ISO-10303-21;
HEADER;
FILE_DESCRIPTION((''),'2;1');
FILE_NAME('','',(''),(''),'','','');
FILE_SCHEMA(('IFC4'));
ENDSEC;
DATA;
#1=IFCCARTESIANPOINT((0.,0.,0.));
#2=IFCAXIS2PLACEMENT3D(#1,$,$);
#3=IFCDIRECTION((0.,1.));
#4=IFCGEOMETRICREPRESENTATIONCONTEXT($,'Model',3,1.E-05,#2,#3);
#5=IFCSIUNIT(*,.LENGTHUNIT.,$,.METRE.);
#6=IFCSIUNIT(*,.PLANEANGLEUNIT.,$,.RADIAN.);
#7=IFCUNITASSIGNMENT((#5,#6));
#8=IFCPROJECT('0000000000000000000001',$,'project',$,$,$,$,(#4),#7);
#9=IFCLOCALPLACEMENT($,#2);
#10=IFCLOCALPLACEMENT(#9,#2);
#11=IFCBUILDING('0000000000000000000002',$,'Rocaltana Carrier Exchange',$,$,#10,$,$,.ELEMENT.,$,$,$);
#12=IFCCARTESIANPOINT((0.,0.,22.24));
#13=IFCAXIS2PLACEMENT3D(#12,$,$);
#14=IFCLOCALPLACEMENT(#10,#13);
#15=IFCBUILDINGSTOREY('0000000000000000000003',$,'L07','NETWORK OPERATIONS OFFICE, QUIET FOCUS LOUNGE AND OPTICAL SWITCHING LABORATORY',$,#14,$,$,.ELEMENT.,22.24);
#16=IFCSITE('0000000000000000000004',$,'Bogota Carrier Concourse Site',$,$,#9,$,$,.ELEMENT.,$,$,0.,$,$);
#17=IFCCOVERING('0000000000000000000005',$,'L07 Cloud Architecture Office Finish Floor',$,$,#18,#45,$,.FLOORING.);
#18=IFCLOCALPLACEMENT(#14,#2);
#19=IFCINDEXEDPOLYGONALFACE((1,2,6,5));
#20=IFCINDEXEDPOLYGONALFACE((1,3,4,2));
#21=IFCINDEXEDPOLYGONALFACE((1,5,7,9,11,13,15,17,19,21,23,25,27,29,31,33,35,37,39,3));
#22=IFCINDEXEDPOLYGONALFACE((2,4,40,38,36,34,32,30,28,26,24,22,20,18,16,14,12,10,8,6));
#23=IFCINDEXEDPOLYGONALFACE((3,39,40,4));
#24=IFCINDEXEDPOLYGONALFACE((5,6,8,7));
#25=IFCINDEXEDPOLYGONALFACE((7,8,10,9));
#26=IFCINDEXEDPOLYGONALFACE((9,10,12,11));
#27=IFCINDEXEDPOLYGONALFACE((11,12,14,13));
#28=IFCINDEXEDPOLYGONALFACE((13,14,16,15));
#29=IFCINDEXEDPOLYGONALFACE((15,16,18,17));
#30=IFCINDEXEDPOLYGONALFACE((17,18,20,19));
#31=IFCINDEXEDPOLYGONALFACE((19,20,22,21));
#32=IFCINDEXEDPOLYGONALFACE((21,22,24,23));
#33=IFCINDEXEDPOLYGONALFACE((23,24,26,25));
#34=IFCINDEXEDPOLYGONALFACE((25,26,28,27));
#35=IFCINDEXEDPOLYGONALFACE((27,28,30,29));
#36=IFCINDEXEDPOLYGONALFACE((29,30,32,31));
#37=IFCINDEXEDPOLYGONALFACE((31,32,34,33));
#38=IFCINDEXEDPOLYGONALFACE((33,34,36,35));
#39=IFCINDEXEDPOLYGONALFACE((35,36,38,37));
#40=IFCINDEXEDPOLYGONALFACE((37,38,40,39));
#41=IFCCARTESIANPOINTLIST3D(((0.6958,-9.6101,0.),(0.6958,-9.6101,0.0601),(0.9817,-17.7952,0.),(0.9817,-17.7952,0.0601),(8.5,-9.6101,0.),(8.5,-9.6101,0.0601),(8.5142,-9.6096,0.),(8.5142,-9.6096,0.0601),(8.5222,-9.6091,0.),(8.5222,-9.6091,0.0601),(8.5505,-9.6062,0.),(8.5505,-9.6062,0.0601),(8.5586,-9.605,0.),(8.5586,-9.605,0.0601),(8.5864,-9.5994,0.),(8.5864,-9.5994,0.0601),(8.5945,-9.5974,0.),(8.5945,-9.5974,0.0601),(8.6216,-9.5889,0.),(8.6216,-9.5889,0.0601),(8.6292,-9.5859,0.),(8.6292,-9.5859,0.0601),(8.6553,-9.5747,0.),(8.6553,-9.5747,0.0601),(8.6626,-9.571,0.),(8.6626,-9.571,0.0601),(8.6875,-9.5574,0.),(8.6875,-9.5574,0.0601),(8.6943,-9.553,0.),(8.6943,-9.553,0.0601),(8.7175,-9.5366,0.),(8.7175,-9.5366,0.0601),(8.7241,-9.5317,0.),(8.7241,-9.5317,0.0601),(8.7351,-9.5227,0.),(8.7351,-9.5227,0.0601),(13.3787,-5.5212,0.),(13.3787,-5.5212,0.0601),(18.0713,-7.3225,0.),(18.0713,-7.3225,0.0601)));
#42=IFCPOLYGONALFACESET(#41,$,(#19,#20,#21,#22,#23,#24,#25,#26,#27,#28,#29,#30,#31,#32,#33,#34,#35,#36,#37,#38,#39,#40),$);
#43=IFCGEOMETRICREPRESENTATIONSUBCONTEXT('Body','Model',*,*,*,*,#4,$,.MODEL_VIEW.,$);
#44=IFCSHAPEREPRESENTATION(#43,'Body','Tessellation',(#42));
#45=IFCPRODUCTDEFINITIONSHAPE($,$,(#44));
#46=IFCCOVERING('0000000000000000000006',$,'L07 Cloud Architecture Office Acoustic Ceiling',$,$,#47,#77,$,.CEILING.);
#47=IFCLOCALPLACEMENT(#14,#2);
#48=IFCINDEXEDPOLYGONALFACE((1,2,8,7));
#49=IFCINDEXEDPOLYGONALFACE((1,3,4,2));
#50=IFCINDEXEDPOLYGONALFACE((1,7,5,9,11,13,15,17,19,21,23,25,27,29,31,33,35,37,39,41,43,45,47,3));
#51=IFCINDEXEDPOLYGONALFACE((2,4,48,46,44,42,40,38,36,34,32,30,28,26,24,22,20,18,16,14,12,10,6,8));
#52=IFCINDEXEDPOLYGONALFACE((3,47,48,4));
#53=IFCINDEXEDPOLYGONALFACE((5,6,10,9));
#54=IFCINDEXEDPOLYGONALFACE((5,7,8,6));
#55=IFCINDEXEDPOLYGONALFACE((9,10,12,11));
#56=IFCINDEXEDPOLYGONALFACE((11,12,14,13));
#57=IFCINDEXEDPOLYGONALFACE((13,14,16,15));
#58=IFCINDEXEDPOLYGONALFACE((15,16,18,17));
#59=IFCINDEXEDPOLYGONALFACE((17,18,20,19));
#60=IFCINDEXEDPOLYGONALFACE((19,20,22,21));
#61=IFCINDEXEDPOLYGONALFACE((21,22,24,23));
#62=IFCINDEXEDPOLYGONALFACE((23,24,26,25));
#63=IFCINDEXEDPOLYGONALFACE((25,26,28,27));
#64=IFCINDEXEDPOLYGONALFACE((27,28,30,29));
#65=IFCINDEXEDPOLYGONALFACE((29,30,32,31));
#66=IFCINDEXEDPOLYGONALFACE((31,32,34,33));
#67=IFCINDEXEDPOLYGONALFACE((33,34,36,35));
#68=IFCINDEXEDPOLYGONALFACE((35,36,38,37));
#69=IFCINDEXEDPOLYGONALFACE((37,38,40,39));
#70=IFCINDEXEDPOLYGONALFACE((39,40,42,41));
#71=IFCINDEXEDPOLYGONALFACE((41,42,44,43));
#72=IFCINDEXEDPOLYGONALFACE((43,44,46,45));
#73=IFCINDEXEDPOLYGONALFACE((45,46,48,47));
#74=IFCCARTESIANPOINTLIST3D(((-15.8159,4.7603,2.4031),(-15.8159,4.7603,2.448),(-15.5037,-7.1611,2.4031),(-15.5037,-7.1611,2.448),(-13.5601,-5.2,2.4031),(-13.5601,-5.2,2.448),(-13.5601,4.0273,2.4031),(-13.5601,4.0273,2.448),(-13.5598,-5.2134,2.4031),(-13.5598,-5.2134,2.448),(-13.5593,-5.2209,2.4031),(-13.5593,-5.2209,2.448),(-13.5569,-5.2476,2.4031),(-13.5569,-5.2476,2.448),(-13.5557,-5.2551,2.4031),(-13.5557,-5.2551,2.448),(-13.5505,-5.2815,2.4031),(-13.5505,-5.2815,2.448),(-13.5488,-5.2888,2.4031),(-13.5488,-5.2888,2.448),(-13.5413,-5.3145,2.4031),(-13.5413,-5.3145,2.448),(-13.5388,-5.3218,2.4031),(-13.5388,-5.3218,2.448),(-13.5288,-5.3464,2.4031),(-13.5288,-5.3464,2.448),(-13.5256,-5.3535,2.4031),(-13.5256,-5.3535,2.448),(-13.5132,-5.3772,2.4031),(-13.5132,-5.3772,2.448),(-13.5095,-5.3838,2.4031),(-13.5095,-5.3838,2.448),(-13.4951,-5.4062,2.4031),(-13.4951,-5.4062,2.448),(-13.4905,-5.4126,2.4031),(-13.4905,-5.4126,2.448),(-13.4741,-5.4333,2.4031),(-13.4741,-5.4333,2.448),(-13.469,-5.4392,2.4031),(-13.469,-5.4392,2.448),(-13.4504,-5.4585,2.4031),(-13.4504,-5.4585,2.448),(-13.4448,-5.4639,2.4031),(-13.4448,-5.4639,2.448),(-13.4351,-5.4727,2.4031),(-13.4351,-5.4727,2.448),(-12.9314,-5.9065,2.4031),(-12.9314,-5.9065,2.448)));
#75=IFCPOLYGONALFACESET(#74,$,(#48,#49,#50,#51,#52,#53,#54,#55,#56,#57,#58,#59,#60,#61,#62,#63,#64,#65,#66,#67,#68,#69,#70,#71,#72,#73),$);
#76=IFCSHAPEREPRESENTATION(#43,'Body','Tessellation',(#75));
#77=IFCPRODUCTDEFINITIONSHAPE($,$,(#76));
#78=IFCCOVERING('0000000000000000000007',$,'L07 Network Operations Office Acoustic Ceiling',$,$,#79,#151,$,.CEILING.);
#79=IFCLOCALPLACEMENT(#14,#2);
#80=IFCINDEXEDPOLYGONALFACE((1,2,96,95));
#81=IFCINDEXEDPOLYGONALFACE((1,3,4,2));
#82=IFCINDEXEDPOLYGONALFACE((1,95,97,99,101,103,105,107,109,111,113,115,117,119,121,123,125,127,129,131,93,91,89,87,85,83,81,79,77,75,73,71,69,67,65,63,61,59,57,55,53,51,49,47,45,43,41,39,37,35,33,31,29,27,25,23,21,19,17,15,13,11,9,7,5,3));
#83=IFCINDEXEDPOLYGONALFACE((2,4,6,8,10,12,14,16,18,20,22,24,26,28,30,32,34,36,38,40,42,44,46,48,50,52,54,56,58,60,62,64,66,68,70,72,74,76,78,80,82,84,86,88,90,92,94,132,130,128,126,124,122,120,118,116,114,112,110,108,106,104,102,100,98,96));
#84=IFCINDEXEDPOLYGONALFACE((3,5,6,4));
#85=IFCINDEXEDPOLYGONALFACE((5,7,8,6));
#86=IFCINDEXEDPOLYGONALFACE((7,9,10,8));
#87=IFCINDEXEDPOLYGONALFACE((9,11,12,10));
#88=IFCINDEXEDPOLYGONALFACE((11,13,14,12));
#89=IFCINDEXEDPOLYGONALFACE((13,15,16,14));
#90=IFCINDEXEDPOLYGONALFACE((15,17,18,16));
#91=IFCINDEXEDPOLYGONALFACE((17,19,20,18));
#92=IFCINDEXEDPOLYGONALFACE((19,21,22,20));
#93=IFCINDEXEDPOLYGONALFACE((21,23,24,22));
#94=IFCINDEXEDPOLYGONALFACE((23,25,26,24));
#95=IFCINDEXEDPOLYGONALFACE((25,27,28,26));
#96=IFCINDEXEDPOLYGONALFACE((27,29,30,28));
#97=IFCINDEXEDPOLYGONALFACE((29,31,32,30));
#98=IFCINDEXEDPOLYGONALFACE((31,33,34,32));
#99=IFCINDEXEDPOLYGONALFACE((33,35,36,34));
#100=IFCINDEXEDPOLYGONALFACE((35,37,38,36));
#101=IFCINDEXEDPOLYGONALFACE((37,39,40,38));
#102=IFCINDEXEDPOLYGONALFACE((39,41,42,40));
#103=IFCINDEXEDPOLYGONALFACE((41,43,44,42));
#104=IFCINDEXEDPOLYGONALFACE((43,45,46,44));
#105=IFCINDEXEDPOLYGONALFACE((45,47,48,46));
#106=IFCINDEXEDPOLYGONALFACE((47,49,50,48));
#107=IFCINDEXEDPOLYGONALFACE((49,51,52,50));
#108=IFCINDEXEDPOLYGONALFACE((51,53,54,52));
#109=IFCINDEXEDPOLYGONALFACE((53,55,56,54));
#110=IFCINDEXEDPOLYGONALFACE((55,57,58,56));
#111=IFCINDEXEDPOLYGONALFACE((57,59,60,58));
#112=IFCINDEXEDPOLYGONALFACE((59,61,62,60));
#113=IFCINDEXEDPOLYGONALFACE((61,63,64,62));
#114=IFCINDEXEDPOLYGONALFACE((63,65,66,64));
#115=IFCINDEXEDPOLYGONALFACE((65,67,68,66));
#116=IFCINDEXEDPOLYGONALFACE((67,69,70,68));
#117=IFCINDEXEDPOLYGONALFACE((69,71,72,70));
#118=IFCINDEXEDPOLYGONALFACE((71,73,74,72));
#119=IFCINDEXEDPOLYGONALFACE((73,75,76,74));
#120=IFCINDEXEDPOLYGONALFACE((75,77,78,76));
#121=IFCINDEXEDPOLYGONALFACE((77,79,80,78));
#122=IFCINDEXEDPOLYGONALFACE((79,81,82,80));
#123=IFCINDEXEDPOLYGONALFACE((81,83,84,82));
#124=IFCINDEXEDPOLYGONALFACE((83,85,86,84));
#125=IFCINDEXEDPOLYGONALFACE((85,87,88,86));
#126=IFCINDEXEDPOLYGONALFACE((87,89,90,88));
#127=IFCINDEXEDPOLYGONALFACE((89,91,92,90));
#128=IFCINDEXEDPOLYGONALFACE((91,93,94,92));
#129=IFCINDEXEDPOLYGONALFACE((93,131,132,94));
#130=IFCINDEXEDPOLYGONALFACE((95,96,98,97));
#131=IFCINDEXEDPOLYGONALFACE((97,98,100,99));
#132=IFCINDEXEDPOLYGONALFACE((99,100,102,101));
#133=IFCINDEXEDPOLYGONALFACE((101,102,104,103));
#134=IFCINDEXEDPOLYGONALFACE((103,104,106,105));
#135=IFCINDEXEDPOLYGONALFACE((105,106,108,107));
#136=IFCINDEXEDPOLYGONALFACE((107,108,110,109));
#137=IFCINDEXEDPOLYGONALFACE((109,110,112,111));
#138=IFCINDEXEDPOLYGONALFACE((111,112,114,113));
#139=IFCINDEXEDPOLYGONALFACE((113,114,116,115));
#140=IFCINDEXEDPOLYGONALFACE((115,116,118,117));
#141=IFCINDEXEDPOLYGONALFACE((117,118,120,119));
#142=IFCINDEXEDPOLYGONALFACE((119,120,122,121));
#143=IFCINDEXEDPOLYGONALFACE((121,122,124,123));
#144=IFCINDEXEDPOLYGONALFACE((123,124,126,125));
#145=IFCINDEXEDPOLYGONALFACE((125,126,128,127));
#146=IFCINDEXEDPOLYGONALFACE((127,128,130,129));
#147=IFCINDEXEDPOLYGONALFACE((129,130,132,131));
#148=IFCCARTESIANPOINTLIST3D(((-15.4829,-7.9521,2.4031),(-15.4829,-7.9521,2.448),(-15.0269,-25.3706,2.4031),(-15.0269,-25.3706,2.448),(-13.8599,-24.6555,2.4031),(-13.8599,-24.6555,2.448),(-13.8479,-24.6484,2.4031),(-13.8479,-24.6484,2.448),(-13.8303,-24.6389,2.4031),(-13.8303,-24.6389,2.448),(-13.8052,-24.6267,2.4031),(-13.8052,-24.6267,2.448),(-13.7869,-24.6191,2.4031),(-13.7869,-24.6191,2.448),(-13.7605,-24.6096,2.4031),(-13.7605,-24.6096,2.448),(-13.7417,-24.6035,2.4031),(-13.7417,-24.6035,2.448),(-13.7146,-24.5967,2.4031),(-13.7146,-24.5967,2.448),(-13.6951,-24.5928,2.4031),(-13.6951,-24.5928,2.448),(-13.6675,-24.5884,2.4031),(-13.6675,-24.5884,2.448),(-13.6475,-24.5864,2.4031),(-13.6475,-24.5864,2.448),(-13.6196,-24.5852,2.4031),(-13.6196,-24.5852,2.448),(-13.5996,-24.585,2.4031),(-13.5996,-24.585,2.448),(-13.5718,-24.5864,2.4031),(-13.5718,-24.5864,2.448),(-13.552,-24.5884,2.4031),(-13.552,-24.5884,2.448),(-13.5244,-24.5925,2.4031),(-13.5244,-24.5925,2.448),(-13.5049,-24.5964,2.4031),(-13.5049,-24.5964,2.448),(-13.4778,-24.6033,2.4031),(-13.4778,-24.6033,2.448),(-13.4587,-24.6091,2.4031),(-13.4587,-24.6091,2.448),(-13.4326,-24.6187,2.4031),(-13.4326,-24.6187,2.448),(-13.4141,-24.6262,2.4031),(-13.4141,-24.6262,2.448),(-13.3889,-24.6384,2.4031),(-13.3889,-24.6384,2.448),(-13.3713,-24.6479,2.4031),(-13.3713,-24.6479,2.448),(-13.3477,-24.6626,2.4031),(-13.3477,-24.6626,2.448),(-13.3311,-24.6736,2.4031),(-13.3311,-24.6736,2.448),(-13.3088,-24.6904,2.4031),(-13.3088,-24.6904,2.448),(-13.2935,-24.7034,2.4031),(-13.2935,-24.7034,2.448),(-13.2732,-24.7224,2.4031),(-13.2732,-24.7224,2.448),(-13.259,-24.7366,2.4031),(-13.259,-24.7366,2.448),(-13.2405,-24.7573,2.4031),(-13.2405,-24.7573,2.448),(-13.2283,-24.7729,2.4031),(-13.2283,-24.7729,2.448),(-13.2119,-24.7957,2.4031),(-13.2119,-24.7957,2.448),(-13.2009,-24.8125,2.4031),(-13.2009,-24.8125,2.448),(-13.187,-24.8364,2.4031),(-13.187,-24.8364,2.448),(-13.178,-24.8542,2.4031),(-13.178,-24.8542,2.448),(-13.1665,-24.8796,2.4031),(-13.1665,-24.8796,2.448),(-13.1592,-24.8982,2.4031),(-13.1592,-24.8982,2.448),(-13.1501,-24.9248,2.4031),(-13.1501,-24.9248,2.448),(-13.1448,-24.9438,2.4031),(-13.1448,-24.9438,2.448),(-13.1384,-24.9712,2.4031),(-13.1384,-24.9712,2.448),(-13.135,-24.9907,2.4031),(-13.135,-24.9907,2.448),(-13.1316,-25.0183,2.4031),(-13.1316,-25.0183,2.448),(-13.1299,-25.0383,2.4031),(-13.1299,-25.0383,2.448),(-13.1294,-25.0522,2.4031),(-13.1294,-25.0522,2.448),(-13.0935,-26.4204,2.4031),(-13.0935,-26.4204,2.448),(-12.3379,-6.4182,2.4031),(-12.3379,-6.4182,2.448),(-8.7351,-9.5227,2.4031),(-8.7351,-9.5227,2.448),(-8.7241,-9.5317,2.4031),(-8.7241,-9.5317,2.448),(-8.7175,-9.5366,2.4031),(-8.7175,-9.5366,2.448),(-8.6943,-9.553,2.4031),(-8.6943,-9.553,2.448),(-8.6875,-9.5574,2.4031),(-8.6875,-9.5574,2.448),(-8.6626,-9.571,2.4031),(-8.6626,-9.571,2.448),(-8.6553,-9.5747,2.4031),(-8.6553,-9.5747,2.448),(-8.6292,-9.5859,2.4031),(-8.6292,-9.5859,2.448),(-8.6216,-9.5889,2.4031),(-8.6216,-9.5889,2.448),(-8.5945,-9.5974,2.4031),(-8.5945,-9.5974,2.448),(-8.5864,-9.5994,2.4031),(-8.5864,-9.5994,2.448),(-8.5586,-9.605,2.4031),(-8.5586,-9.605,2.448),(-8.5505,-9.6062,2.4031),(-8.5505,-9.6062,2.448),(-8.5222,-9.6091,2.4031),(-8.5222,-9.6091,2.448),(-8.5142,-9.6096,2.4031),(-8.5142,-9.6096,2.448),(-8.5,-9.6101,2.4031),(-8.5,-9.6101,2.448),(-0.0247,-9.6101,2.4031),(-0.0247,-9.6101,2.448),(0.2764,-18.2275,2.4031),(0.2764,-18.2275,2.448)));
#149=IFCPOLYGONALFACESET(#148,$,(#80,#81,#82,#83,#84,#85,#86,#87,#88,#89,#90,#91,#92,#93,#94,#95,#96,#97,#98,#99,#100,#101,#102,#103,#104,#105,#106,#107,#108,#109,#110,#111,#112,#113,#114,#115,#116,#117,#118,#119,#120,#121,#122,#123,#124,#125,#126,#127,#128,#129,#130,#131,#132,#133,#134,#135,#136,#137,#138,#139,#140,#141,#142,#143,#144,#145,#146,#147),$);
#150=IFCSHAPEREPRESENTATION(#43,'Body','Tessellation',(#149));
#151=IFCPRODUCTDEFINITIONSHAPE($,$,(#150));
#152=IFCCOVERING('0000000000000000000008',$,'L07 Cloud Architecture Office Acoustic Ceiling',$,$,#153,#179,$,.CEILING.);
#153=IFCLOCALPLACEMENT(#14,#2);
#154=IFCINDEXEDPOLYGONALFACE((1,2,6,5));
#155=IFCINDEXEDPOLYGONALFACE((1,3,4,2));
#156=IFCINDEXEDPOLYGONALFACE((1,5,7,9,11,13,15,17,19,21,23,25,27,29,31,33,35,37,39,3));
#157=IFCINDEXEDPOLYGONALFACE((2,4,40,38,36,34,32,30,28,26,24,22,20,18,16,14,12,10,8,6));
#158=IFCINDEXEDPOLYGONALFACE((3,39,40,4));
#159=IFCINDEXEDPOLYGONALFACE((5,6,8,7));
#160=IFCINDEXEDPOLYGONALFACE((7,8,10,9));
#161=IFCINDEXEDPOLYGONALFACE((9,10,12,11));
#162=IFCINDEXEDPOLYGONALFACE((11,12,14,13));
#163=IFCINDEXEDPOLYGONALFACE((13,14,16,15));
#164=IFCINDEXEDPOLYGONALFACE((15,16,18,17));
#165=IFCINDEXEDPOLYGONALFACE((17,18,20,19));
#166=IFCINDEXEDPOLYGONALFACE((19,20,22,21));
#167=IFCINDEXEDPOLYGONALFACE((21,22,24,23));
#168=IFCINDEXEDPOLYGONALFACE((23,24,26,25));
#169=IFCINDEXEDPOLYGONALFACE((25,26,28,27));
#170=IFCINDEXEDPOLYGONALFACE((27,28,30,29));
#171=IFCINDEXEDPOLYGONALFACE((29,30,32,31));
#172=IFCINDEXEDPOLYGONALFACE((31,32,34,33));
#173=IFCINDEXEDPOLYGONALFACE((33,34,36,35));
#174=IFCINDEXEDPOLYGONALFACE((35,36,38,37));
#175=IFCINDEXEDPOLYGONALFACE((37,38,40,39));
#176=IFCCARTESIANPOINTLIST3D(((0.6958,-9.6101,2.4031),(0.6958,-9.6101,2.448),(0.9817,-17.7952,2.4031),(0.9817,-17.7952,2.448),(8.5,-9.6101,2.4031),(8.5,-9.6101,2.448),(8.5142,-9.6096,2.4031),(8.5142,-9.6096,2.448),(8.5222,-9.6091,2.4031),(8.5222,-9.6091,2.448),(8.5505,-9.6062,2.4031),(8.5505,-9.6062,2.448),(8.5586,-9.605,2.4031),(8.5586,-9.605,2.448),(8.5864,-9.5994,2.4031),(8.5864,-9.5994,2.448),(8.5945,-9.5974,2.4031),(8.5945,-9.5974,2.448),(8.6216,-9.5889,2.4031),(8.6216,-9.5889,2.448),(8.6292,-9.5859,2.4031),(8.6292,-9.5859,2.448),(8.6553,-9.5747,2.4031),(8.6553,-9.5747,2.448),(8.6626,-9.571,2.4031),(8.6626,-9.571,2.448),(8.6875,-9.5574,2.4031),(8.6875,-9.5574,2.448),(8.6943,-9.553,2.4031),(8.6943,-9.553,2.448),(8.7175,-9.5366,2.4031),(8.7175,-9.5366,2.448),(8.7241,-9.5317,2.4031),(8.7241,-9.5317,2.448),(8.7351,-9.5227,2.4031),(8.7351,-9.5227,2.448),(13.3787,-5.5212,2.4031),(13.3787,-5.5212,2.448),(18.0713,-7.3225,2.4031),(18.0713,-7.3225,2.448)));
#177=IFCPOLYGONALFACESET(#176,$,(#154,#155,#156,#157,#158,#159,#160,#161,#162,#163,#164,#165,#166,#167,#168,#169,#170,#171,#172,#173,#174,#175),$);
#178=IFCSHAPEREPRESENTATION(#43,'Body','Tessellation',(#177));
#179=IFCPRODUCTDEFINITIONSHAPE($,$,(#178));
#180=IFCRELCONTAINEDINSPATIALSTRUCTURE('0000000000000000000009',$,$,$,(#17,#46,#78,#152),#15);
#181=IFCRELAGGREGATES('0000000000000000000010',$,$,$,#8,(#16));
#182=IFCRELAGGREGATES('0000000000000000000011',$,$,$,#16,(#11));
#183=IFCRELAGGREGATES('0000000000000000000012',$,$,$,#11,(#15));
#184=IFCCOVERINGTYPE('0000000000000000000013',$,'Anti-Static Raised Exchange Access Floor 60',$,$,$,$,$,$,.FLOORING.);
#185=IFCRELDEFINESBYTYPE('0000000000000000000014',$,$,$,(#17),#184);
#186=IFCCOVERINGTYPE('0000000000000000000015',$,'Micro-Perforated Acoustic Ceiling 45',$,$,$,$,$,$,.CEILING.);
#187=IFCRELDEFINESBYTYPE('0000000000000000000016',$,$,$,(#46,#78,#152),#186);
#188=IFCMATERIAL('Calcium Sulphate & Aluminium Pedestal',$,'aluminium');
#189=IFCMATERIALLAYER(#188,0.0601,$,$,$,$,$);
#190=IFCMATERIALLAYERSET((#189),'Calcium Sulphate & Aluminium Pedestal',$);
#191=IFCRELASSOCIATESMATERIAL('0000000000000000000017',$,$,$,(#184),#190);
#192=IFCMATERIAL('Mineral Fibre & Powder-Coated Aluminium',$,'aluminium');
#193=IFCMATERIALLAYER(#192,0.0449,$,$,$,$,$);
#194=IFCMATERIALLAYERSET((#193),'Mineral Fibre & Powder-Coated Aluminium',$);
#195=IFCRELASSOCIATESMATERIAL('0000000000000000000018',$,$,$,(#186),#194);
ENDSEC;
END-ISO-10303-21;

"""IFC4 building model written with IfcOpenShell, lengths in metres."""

from ifc_helpers import new_model, si_unit, direction, frame, origin, place, context, subcontext, project, spatial, polyline, outline, extrude, material, layer, layer_set, type_object, element, save


model = new_model("IFC4")

# Units and contexts
model_context = context("Model", 3, precision=1e-05, world=origin(), true_north=direction((0.0, 1.0)))
body_context = subcontext(model_context, "Body", "Model", "MODEL_VIEW")
ifc_project = project(units=[si_unit("LENGTHUNIT", "METRE"), si_unit("PLANEANGLEUNIT", "RADIAN")], contexts=[model_context])

# Site, building, storey
site_placement = place(None, origin())
site = spatial("IfcSite", under=ifc_project, at=site_placement, Name="Bogota Carrier Concourse Site", CompositionType="ELEMENT", RefElevation=0.0)
building_placement = place(site_placement, origin())
building = spatial("IfcBuilding", under=site, at=building_placement, Name="Rocaltana Carrier Exchange", CompositionType="ELEMENT")
storey_placement = place(building_placement, frame((0.0, 0.0, 22.24)))
storey = spatial("IfcBuildingStorey", under=building, at=storey_placement, Name="L07", Description="NETWORK OPERATIONS OFFICE, QUIET FOCUS LOUNGE AND OPTICAL SWITCHING LABORATORY", CompositionType="ELEMENT", Elevation=22.24)

# Coverings
ifc_material_1 = material(Name="Calcium Sulphate & Aluminium Pedestal", Category="aluminium")
ifc_layer_1 = layer(ifc_material_1, 0.0601)
ifc_layer_set_1 = layer_set([ifc_layer_1], Name="Calcium Sulphate & Aluminium Pedestal")
covering_type_1 = type_object("IfcCoveringType", Name="Anti-Static Raised Exchange Access Floor 60", PredefinedType="FLOORING", material=ifc_layer_set_1)
covering_1_placement = place(storey_placement, origin())
element("IfcCovering", 1, at=covering_1_placement, inside=storey, type_object=covering_type_1, Name="L07 Cloud Architecture Office Finish Floor", PredefinedType="FLOORING", context=body_context, shape_type="SweptSolid", body=[
    extrude(outline(polyline([(0.9817, -17.7952), (0.6958, -9.6101), (8.5, -9.6101), (8.5142, -9.6096), (8.5222, -9.6091), (8.5505, -9.6062), (8.5586, -9.605), (8.5864, -9.5994), (8.5945, -9.5974), (8.6216, -9.5889), (8.6292, -9.5859), (8.6553, -9.5747), (8.6626, -9.571), (8.6875, -9.5574), (8.6943, -9.553), (8.7175, -9.5366), (8.7241, -9.5317), (8.7351, -9.5227), (13.3787, -5.5212), (18.0713, -7.3225), (0.9817, -17.7952)])), origin(), (0.0, 0.0, 1.0), 0.0601),
])
ifc_material_2 = material(Name="Mineral Fibre & Powder-Coated Aluminium", Category="aluminium")
ifc_layer_2 = layer(ifc_material_2, 0.0449)
ifc_layer_set_2 = layer_set([ifc_layer_2], Name="Mineral Fibre & Powder-Coated Aluminium")
covering_type_2 = type_object("IfcCoveringType", Name="Micro-Perforated Acoustic Ceiling 45", PredefinedType="CEILING", material=ifc_layer_set_2)
covering_2_placement = place(storey_placement, frame((0.0, 0.0, 2.4031)))
element("IfcCovering", 2, at=covering_2_placement, inside=storey, type_object=covering_type_2, Name="L07 Cloud Architecture Office Acoustic Ceiling", PredefinedType="CEILING", context=body_context, shape_type="SweptSolid", body=[
    extrude(outline(polyline([(-15.8159, 4.7603), (-13.5601, 4.0273), (-13.5601, -5.2), (-13.5598, -5.2134), (-13.5593, -5.2209), (-13.5569, -5.2476), (-13.5557, -5.2551), (-13.5505, -5.2815), (-13.5488, -5.2888), (-13.5413, -5.3145), (-13.5388, -5.3218), (-13.5288, -5.3464), (-13.5256, -5.3535), (-13.5132, -5.3772), (-13.5095, -5.3838), (-13.4951, -5.4062), (-13.4905, -5.4126), (-13.4741, -5.4333), (-13.469, -5.4392), (-13.4504, -5.4585), (-13.4448, -5.4639), (-13.4351, -5.4727), (-12.9314, -5.9065), (-15.5037, -7.1611), (-15.8159, 4.7603)])), origin(), (0.0, 0.0, 1.0), 0.0449),
])
covering_3_placement = place(storey_placement, frame((0.0, 0.0, 2.4031)))
element("IfcCovering", 3, at=covering_3_placement, inside=storey, type_object=covering_type_2, Name="L07 Network Operations Office Acoustic Ceiling", PredefinedType="CEILING", context=body_context, shape_type="SweptSolid", body=[
    extrude(outline(polyline([(-13.1294, -25.0522), (-13.1299, -25.0383), (-13.1316, -25.0183), (-13.135, -24.9907), (-13.1384, -24.9712), (-13.1448, -24.9438), (-13.1501, -24.9248), (-13.1592, -24.8982), (-13.1665, -24.8796), (-13.178, -24.8542), (-13.187, -24.8364), (-13.2009, -24.8125), (-13.2119, -24.7957), (-13.2283, -24.7729), (-13.2405, -24.7573), (-13.259, -24.7366), (-13.2732, -24.7224), (-13.2935, -24.7034), (-13.3088, -24.6904), (-13.3311, -24.6736), (-13.3477, -24.6626), (-13.3713, -24.6479), (-13.3889, -24.6384), (-13.4141, -24.6262), (-13.4326, -24.6187), (-13.4587, -24.6091), (-13.4778, -24.6033), (-13.5049, -24.5964), (-13.5244, -24.5925), (-13.552, -24.5884), (-13.5718, -24.5864), (-13.5996, -24.585), (-13.6196, -24.5852), (-13.6475, -24.5864), (-13.6675, -24.5884), (-13.6951, -24.5928), (-13.7146, -24.5967), (-13.7417, -24.6035), (-13.7605, -24.6096), (-13.7869, -24.6191), (-13.8052, -24.6267), (-13.8303, -24.6389), (-13.8479, -24.6484), (-13.8599, -24.6555), (-15.0269, -25.3706), (-15.4829, -7.9521), (-12.3379, -6.4182), (-8.7351, -9.5227), (-8.7241, -9.5317), (-8.7175, -9.5366), (-8.6943, -9.553), (-8.6875, -9.5574), (-8.6626, -9.571), (-8.6553, -9.5747), (-8.6292, -9.5859), (-8.6216, -9.5889), (-8.5945, -9.5974), (-8.5864, -9.5994), (-8.5586, -9.605), (-8.5505, -9.6062), (-8.5222, -9.6091), (-8.5142, -9.6096), (-8.5, -9.6101), (-0.0247, -9.6101), (0.2764, -18.2275), (-13.0935, -26.4204), (-13.1294, -25.0522)])), origin(), (0.0, 0.0, 1.0), 0.0449),
])
covering_4_placement = place(storey_placement, frame((0.0, 0.0, 2.4031)))
element("IfcCovering", 4, at=covering_4_placement, inside=storey, type_object=covering_type_2, Name="L07 Cloud Architecture Office Acoustic Ceiling", PredefinedType="CEILING", context=body_context, shape_type="SweptSolid", body=[
    extrude(outline(polyline([(0.9817, -17.7952), (0.6958, -9.6101), (8.5, -9.6101), (8.5142, -9.6096), (8.5222, -9.6091), (8.5505, -9.6062), (8.5586, -9.605), (8.5864, -9.5994), (8.5945, -9.5974), (8.6216, -9.5889), (8.6292, -9.5859), (8.6553, -9.5747), (8.6626, -9.571), (8.6875, -9.5574), (8.6943, -9.553), (8.7175, -9.5366), (8.7241, -9.5317), (8.7351, -9.5227), (13.3787, -5.5212), (18.0713, -7.3225), (0.9817, -17.7952)])), origin(), (0.0, 0.0, 1.0), 0.0449),
])

save(model, "model.ifc")
